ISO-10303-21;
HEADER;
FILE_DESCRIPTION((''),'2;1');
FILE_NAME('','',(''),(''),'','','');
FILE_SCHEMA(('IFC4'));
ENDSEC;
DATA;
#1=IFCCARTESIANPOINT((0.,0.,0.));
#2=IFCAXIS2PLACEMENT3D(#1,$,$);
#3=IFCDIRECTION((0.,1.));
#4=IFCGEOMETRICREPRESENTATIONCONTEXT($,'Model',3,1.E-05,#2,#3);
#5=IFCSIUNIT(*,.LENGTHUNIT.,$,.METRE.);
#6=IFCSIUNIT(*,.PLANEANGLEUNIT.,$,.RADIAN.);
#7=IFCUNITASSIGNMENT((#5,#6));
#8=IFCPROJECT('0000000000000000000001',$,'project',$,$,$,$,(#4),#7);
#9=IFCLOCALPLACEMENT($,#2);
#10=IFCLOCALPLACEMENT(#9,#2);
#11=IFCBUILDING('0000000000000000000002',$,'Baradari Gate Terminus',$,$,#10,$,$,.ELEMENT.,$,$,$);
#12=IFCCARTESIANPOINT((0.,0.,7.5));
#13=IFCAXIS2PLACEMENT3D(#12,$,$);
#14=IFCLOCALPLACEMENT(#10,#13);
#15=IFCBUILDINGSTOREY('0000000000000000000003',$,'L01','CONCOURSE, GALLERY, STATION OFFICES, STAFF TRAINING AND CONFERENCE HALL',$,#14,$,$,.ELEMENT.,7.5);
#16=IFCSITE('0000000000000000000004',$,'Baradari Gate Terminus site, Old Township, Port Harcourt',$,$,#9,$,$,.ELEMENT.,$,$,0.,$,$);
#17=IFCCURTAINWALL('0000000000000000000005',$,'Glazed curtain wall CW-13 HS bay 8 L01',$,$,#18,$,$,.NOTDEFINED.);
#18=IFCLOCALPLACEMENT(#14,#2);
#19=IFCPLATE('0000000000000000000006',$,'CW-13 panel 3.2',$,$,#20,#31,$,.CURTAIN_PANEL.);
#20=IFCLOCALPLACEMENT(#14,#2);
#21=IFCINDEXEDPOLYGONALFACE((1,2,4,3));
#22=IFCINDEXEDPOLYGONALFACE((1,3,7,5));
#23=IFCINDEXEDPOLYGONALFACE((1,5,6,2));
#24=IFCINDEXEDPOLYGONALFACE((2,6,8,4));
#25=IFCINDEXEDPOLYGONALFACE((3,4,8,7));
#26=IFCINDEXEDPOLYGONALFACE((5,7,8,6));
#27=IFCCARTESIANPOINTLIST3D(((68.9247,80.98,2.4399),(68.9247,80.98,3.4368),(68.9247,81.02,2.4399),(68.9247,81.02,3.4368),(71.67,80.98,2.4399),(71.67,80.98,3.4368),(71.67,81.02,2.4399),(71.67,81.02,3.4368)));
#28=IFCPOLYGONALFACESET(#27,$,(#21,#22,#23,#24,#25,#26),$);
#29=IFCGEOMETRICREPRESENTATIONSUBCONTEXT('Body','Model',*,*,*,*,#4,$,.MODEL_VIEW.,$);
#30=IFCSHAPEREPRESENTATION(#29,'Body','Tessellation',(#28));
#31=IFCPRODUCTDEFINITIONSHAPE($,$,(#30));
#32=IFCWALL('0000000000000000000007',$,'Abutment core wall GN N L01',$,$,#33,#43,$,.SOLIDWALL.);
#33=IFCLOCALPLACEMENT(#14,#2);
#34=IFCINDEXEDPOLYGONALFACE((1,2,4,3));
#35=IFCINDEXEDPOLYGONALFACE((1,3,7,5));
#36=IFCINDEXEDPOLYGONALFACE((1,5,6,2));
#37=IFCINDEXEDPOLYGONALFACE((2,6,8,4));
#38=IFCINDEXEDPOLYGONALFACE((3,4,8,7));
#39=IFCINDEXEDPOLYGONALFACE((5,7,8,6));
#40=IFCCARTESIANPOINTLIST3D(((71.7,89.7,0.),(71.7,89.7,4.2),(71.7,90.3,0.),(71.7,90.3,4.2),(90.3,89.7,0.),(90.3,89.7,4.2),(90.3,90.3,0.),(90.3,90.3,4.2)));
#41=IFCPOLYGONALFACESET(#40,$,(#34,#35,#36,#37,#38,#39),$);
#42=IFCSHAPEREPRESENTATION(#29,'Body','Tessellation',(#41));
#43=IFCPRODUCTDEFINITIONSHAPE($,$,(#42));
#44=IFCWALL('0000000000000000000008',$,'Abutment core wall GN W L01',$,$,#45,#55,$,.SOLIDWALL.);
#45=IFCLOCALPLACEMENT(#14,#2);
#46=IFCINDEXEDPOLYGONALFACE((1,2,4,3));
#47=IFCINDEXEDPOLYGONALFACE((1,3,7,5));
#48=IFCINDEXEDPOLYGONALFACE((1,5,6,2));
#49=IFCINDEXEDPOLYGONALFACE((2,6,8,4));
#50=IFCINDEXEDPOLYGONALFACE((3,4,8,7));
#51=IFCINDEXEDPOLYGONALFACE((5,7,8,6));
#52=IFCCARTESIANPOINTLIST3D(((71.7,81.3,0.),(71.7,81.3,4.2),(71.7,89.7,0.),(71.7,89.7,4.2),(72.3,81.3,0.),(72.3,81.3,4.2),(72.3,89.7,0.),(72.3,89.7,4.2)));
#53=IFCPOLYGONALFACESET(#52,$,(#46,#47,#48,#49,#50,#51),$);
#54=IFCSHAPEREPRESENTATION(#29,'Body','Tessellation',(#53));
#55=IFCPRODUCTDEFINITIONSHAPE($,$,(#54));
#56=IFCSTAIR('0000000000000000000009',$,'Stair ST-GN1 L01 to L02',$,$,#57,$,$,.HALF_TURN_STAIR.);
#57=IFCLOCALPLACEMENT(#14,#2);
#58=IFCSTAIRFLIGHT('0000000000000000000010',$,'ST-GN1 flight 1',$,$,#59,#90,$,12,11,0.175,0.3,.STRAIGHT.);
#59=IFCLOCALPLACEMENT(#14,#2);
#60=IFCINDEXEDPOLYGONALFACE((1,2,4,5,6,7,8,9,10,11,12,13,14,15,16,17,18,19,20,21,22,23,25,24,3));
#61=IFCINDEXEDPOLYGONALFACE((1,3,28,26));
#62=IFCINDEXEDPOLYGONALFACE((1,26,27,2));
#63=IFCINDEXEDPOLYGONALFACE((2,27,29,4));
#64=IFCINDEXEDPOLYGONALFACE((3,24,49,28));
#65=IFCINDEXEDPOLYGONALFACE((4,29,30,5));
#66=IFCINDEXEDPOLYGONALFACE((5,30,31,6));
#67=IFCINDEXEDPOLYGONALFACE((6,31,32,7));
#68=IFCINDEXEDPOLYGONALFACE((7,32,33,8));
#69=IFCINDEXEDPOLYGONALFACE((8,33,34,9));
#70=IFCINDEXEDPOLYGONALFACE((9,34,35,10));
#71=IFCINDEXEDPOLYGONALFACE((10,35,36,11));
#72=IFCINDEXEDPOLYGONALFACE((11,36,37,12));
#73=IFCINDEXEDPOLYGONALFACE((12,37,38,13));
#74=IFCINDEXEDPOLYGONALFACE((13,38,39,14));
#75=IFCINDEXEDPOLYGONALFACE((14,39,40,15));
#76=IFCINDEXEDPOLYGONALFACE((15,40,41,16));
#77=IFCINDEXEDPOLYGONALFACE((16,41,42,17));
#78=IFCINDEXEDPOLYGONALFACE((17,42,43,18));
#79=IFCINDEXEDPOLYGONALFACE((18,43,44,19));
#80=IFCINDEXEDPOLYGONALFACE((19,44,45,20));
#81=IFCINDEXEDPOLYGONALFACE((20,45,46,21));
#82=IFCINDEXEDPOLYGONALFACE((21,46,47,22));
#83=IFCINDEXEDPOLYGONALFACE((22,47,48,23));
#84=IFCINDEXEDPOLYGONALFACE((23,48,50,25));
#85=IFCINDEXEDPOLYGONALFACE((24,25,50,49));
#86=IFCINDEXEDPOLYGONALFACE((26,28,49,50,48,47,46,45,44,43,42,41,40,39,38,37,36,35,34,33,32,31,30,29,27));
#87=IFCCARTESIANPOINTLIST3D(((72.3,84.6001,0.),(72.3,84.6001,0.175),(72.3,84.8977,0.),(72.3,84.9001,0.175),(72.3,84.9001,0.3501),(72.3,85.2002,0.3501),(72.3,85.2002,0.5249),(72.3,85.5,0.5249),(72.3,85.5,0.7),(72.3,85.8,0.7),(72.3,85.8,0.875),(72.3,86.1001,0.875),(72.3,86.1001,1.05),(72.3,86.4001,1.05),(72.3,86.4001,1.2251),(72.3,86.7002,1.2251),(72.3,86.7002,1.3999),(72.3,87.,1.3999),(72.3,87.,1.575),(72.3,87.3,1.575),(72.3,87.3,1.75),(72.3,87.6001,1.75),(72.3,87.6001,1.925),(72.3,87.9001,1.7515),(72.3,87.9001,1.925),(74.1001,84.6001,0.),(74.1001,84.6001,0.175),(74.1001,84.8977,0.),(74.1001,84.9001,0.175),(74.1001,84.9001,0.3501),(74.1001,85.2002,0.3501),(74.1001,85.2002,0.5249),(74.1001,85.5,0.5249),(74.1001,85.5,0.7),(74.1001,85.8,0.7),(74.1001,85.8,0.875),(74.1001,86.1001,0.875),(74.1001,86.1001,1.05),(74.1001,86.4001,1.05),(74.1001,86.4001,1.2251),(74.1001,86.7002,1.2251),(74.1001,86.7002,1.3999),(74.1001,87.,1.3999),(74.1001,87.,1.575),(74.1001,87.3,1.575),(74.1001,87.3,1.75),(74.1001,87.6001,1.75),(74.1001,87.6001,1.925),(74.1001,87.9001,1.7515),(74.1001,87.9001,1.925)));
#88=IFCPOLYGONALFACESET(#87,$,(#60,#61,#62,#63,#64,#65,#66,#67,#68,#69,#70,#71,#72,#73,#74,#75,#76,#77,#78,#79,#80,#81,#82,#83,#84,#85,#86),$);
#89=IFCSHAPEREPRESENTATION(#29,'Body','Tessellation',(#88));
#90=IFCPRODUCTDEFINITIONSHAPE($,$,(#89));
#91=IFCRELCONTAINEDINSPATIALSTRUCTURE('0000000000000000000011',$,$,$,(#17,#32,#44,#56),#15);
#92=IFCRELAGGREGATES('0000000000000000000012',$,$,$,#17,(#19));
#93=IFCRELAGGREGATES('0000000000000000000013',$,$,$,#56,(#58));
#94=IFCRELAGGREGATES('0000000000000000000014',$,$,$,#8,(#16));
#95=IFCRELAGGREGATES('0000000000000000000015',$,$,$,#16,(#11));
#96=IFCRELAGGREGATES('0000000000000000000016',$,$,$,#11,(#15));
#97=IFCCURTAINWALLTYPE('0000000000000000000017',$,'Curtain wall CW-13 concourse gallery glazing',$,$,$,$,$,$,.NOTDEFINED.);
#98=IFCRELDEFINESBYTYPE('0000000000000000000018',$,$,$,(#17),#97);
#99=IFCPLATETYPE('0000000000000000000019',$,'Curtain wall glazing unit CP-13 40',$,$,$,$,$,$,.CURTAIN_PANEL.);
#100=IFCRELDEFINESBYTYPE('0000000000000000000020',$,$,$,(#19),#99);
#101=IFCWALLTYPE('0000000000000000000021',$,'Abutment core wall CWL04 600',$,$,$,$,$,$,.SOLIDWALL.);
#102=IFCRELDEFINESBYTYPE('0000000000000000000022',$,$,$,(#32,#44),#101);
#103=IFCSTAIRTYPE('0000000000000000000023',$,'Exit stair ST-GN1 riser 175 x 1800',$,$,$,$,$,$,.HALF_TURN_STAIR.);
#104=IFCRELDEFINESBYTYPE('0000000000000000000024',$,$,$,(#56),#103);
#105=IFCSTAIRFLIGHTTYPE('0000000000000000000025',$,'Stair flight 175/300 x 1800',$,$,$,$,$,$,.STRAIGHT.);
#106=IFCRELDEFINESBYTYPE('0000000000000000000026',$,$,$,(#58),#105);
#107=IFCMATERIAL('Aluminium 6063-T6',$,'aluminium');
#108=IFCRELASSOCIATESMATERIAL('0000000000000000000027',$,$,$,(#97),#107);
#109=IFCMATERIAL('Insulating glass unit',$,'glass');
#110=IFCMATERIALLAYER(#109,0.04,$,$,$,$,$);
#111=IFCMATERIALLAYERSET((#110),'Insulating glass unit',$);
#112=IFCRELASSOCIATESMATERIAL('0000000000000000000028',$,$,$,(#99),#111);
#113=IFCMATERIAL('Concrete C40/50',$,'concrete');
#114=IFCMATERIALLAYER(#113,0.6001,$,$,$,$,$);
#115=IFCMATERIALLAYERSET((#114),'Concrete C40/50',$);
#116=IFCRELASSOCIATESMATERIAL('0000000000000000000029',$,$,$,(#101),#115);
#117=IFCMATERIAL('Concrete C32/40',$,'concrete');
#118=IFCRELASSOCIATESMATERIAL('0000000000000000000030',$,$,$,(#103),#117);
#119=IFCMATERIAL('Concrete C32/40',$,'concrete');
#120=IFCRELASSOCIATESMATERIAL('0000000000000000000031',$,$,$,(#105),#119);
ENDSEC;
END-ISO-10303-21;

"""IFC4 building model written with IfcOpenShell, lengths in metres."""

from ifc_helpers import new_model, si_unit, direction, frame, frame_2d, origin, origin_2d, place, context, subcontext, project, spatial, polyline, rectangle, outline, extrude, material, layer, layer_set, type_object, element, aggregate, save


model = new_model("IFC4")

# Units and contexts
model_context = context("Model", 3, precision=1e-05, world=origin(), true_north=direction((0.0, 1.0)))
body_context = subcontext(model_context, "Body", "Model", "MODEL_VIEW")
ifc_project = project(units=[si_unit("LENGTHUNIT", "METRE"), si_unit("PLANEANGLEUNIT", "RADIAN")], contexts=[model_context])

# Site, building, storey
site_placement = place(None, origin())
site = spatial("IfcSite", under=ifc_project, at=site_placement, Name="Baradari Gate Terminus site, Old Township, Port Harcourt", CompositionType="ELEMENT", RefElevation=0.0)
building_placement = place(site_placement, origin())
building = spatial("IfcBuilding", under=site, at=building_placement, Name="Baradari Gate Terminus", CompositionType="ELEMENT")
storey_placement = place(building_placement, frame((0.0, 0.0, 7.5)))
storey = spatial("IfcBuildingStorey", under=building, at=storey_placement, Name="L01", Description="CONCOURSE, GALLERY, STATION OFFICES, STAFF TRAINING AND CONFERENCE HALL", CompositionType="ELEMENT", Elevation=7.5)

# Curtain wall
ifc_material_1 = material(Name="Aluminium 6063-T6", Category="aluminium")
curtain_wall_type = type_object("IfcCurtainWallType", Name="Curtain wall CW-13 concourse gallery glazing", PredefinedType="NOTDEFINED", material=ifc_material_1)
curtain_wall_placement = place(storey_placement, origin())
curtain_wall = element("IfcCurtainWall", 1, at=curtain_wall_placement, inside=storey, type_object=curtain_wall_type, Name="Glazed curtain wall CW-13 HS bay 8 L01", PredefinedType="NOTDEFINED")

# Plate
ifc_material_2 = material(Name="Insulating glass unit", Category="glass")
ifc_layer_1 = layer(ifc_material_2, 0.04)
ifc_layer_set_1 = layer_set([ifc_layer_1], Name="Insulating glass unit")
plate_type = type_object("IfcPlateType", Name="Curtain wall glazing unit CP-13 40", PredefinedType="CURTAIN_PANEL", material=ifc_layer_set_1)
plate_1_placement = place(storey_placement, frame((70.2974, 81.0, 2.4399), z_axis=(0.0, 0.0, 1.0), x_axis=(1.0, 0.0, 0.0)))
plate_1 = element("IfcPlate", 2, at=plate_1_placement, type_object=plate_type, Name="CW-13 panel 3.2", PredefinedType="CURTAIN_PANEL", context=body_context, shape_type="SweptSolid", body=[
    extrude(rectangle(XDim=2.7454, YDim=0.04, at=origin_2d()), origin(), (0.0, 0.0, 1.0), 0.9968),
])
aggregate(curtain_wall, [plate_1])

# Shared definitions
ifc_material_3 = material(Name="Concrete C40/50", Category="concrete")
ifc_layer_2 = layer(ifc_material_3, 0.6001)
ifc_layer_set_2 = layer_set([ifc_layer_2], Name="Concrete C40/50")
wall_type = type_object("IfcWallType", Name="Abutment core wall CWL04 600", PredefinedType="SOLIDWALL", material=ifc_layer_set_2)

# Walls
wall_1_placement = place(storey_placement, frame((71.7, 90.0, 0.0), z_axis=(0.0, 0.0, 1.0), x_axis=(1.0, 0.0, 0.0)))
element("IfcWall", 3, at=wall_1_placement, inside=storey, type_object=wall_type, Name="Abutment core wall GN N L01", PredefinedType="SOLIDWALL", context=body_context, shape_type="SweptSolid", body=[
    extrude(rectangle(XDim=18.6001, YDim=0.6001, at=frame_2d((9.3, 0.0))), origin(), (0.0, 0.0, 1.0), 4.2),
])
wall_2_placement = place(storey_placement, frame((72.0, 81.3, 0.0), z_axis=(0.0, 0.0, 1.0), x_axis=(0.0, 1.0, 0.0)))
element("IfcWall", 4, at=wall_2_placement, inside=storey, type_object=wall_type, Name="Abutment core wall GN W L01", PredefinedType="SOLIDWALL", context=body_context, shape_type="SweptSolid", body=[
    extrude(rectangle(XDim=8.3999, YDim=0.6001, at=frame_2d((4.2, 0.0))), origin(), (0.0, 0.0, 1.0), 4.2),
])

# Stair, stair flight
ifc_material_4 = material(Name="Concrete C32/40", Category="concrete")
stair_type = type_object("IfcStairType", Name="Exit stair ST-GN1 riser 175 x 1800", PredefinedType="HALF_TURN_STAIR", material=ifc_material_4)
stair_placement = place(storey_placement, origin())
stair = element("IfcStair", 5, at=stair_placement, inside=storey, type_object=stair_type, Name="Stair ST-GN1 L01 to L02", PredefinedType="HALF_TURN_STAIR")
ifc_material_5 = material(Name="Concrete C32/40", Category="concrete")
stair_flight_type = type_object("IfcStairFlightType", Name="Stair flight 175/300 x 1800", PredefinedType="STRAIGHT", material=ifc_material_5)
stair_flight_placement = place(storey_placement, frame((73.2, 84.6001, 0.0), z_axis=(0.0, 0.0, 1.0), x_axis=(0.0, 1.0, 0.0)))
stair_flight = element("IfcStairFlight", 6, at=stair_flight_placement, type_object=stair_flight_type, Name="ST-GN1 flight 1", NumberOfRisers=12, NumberOfTreads=11, PredefinedType="STRAIGHT", RiserHeight=0.175, TreadLength=0.3, context=body_context, shape_type="SweptSolid", body=[
    extrude(outline(polyline([(0.0, 0.0), (0.0, 0.175), (0.3, 0.175), (0.3, 0.3501), (0.6001, 0.3501), (0.6001, 0.5249), (0.8999, 0.5249), (0.8999, 0.7), (1.2, 0.7), (1.2, 0.875), (1.5, 0.875), (1.5, 1.05), (1.8, 1.05), (1.8, 1.2251), (2.1001, 1.2251), (2.1001, 1.3999), (2.3999, 1.3999), (2.3999, 1.575), (2.7, 1.575), (2.7, 1.75), (3.0, 1.75), (3.0, 1.925), (3.3, 1.925), (3.3, 2.1001), (3.3, 1.7515), (0.2976, 0.0), (0.0, 0.0)])), frame((0.0, 0.8999, 0.0), z_axis=(0.0, -1.0, 0.0), x_axis=(1.0, 0.0, 0.0)), (0.0, 0.0, 1.0), 1.8),
])
aggregate(stair, [stair_flight])

save(model, "model.ifc")
